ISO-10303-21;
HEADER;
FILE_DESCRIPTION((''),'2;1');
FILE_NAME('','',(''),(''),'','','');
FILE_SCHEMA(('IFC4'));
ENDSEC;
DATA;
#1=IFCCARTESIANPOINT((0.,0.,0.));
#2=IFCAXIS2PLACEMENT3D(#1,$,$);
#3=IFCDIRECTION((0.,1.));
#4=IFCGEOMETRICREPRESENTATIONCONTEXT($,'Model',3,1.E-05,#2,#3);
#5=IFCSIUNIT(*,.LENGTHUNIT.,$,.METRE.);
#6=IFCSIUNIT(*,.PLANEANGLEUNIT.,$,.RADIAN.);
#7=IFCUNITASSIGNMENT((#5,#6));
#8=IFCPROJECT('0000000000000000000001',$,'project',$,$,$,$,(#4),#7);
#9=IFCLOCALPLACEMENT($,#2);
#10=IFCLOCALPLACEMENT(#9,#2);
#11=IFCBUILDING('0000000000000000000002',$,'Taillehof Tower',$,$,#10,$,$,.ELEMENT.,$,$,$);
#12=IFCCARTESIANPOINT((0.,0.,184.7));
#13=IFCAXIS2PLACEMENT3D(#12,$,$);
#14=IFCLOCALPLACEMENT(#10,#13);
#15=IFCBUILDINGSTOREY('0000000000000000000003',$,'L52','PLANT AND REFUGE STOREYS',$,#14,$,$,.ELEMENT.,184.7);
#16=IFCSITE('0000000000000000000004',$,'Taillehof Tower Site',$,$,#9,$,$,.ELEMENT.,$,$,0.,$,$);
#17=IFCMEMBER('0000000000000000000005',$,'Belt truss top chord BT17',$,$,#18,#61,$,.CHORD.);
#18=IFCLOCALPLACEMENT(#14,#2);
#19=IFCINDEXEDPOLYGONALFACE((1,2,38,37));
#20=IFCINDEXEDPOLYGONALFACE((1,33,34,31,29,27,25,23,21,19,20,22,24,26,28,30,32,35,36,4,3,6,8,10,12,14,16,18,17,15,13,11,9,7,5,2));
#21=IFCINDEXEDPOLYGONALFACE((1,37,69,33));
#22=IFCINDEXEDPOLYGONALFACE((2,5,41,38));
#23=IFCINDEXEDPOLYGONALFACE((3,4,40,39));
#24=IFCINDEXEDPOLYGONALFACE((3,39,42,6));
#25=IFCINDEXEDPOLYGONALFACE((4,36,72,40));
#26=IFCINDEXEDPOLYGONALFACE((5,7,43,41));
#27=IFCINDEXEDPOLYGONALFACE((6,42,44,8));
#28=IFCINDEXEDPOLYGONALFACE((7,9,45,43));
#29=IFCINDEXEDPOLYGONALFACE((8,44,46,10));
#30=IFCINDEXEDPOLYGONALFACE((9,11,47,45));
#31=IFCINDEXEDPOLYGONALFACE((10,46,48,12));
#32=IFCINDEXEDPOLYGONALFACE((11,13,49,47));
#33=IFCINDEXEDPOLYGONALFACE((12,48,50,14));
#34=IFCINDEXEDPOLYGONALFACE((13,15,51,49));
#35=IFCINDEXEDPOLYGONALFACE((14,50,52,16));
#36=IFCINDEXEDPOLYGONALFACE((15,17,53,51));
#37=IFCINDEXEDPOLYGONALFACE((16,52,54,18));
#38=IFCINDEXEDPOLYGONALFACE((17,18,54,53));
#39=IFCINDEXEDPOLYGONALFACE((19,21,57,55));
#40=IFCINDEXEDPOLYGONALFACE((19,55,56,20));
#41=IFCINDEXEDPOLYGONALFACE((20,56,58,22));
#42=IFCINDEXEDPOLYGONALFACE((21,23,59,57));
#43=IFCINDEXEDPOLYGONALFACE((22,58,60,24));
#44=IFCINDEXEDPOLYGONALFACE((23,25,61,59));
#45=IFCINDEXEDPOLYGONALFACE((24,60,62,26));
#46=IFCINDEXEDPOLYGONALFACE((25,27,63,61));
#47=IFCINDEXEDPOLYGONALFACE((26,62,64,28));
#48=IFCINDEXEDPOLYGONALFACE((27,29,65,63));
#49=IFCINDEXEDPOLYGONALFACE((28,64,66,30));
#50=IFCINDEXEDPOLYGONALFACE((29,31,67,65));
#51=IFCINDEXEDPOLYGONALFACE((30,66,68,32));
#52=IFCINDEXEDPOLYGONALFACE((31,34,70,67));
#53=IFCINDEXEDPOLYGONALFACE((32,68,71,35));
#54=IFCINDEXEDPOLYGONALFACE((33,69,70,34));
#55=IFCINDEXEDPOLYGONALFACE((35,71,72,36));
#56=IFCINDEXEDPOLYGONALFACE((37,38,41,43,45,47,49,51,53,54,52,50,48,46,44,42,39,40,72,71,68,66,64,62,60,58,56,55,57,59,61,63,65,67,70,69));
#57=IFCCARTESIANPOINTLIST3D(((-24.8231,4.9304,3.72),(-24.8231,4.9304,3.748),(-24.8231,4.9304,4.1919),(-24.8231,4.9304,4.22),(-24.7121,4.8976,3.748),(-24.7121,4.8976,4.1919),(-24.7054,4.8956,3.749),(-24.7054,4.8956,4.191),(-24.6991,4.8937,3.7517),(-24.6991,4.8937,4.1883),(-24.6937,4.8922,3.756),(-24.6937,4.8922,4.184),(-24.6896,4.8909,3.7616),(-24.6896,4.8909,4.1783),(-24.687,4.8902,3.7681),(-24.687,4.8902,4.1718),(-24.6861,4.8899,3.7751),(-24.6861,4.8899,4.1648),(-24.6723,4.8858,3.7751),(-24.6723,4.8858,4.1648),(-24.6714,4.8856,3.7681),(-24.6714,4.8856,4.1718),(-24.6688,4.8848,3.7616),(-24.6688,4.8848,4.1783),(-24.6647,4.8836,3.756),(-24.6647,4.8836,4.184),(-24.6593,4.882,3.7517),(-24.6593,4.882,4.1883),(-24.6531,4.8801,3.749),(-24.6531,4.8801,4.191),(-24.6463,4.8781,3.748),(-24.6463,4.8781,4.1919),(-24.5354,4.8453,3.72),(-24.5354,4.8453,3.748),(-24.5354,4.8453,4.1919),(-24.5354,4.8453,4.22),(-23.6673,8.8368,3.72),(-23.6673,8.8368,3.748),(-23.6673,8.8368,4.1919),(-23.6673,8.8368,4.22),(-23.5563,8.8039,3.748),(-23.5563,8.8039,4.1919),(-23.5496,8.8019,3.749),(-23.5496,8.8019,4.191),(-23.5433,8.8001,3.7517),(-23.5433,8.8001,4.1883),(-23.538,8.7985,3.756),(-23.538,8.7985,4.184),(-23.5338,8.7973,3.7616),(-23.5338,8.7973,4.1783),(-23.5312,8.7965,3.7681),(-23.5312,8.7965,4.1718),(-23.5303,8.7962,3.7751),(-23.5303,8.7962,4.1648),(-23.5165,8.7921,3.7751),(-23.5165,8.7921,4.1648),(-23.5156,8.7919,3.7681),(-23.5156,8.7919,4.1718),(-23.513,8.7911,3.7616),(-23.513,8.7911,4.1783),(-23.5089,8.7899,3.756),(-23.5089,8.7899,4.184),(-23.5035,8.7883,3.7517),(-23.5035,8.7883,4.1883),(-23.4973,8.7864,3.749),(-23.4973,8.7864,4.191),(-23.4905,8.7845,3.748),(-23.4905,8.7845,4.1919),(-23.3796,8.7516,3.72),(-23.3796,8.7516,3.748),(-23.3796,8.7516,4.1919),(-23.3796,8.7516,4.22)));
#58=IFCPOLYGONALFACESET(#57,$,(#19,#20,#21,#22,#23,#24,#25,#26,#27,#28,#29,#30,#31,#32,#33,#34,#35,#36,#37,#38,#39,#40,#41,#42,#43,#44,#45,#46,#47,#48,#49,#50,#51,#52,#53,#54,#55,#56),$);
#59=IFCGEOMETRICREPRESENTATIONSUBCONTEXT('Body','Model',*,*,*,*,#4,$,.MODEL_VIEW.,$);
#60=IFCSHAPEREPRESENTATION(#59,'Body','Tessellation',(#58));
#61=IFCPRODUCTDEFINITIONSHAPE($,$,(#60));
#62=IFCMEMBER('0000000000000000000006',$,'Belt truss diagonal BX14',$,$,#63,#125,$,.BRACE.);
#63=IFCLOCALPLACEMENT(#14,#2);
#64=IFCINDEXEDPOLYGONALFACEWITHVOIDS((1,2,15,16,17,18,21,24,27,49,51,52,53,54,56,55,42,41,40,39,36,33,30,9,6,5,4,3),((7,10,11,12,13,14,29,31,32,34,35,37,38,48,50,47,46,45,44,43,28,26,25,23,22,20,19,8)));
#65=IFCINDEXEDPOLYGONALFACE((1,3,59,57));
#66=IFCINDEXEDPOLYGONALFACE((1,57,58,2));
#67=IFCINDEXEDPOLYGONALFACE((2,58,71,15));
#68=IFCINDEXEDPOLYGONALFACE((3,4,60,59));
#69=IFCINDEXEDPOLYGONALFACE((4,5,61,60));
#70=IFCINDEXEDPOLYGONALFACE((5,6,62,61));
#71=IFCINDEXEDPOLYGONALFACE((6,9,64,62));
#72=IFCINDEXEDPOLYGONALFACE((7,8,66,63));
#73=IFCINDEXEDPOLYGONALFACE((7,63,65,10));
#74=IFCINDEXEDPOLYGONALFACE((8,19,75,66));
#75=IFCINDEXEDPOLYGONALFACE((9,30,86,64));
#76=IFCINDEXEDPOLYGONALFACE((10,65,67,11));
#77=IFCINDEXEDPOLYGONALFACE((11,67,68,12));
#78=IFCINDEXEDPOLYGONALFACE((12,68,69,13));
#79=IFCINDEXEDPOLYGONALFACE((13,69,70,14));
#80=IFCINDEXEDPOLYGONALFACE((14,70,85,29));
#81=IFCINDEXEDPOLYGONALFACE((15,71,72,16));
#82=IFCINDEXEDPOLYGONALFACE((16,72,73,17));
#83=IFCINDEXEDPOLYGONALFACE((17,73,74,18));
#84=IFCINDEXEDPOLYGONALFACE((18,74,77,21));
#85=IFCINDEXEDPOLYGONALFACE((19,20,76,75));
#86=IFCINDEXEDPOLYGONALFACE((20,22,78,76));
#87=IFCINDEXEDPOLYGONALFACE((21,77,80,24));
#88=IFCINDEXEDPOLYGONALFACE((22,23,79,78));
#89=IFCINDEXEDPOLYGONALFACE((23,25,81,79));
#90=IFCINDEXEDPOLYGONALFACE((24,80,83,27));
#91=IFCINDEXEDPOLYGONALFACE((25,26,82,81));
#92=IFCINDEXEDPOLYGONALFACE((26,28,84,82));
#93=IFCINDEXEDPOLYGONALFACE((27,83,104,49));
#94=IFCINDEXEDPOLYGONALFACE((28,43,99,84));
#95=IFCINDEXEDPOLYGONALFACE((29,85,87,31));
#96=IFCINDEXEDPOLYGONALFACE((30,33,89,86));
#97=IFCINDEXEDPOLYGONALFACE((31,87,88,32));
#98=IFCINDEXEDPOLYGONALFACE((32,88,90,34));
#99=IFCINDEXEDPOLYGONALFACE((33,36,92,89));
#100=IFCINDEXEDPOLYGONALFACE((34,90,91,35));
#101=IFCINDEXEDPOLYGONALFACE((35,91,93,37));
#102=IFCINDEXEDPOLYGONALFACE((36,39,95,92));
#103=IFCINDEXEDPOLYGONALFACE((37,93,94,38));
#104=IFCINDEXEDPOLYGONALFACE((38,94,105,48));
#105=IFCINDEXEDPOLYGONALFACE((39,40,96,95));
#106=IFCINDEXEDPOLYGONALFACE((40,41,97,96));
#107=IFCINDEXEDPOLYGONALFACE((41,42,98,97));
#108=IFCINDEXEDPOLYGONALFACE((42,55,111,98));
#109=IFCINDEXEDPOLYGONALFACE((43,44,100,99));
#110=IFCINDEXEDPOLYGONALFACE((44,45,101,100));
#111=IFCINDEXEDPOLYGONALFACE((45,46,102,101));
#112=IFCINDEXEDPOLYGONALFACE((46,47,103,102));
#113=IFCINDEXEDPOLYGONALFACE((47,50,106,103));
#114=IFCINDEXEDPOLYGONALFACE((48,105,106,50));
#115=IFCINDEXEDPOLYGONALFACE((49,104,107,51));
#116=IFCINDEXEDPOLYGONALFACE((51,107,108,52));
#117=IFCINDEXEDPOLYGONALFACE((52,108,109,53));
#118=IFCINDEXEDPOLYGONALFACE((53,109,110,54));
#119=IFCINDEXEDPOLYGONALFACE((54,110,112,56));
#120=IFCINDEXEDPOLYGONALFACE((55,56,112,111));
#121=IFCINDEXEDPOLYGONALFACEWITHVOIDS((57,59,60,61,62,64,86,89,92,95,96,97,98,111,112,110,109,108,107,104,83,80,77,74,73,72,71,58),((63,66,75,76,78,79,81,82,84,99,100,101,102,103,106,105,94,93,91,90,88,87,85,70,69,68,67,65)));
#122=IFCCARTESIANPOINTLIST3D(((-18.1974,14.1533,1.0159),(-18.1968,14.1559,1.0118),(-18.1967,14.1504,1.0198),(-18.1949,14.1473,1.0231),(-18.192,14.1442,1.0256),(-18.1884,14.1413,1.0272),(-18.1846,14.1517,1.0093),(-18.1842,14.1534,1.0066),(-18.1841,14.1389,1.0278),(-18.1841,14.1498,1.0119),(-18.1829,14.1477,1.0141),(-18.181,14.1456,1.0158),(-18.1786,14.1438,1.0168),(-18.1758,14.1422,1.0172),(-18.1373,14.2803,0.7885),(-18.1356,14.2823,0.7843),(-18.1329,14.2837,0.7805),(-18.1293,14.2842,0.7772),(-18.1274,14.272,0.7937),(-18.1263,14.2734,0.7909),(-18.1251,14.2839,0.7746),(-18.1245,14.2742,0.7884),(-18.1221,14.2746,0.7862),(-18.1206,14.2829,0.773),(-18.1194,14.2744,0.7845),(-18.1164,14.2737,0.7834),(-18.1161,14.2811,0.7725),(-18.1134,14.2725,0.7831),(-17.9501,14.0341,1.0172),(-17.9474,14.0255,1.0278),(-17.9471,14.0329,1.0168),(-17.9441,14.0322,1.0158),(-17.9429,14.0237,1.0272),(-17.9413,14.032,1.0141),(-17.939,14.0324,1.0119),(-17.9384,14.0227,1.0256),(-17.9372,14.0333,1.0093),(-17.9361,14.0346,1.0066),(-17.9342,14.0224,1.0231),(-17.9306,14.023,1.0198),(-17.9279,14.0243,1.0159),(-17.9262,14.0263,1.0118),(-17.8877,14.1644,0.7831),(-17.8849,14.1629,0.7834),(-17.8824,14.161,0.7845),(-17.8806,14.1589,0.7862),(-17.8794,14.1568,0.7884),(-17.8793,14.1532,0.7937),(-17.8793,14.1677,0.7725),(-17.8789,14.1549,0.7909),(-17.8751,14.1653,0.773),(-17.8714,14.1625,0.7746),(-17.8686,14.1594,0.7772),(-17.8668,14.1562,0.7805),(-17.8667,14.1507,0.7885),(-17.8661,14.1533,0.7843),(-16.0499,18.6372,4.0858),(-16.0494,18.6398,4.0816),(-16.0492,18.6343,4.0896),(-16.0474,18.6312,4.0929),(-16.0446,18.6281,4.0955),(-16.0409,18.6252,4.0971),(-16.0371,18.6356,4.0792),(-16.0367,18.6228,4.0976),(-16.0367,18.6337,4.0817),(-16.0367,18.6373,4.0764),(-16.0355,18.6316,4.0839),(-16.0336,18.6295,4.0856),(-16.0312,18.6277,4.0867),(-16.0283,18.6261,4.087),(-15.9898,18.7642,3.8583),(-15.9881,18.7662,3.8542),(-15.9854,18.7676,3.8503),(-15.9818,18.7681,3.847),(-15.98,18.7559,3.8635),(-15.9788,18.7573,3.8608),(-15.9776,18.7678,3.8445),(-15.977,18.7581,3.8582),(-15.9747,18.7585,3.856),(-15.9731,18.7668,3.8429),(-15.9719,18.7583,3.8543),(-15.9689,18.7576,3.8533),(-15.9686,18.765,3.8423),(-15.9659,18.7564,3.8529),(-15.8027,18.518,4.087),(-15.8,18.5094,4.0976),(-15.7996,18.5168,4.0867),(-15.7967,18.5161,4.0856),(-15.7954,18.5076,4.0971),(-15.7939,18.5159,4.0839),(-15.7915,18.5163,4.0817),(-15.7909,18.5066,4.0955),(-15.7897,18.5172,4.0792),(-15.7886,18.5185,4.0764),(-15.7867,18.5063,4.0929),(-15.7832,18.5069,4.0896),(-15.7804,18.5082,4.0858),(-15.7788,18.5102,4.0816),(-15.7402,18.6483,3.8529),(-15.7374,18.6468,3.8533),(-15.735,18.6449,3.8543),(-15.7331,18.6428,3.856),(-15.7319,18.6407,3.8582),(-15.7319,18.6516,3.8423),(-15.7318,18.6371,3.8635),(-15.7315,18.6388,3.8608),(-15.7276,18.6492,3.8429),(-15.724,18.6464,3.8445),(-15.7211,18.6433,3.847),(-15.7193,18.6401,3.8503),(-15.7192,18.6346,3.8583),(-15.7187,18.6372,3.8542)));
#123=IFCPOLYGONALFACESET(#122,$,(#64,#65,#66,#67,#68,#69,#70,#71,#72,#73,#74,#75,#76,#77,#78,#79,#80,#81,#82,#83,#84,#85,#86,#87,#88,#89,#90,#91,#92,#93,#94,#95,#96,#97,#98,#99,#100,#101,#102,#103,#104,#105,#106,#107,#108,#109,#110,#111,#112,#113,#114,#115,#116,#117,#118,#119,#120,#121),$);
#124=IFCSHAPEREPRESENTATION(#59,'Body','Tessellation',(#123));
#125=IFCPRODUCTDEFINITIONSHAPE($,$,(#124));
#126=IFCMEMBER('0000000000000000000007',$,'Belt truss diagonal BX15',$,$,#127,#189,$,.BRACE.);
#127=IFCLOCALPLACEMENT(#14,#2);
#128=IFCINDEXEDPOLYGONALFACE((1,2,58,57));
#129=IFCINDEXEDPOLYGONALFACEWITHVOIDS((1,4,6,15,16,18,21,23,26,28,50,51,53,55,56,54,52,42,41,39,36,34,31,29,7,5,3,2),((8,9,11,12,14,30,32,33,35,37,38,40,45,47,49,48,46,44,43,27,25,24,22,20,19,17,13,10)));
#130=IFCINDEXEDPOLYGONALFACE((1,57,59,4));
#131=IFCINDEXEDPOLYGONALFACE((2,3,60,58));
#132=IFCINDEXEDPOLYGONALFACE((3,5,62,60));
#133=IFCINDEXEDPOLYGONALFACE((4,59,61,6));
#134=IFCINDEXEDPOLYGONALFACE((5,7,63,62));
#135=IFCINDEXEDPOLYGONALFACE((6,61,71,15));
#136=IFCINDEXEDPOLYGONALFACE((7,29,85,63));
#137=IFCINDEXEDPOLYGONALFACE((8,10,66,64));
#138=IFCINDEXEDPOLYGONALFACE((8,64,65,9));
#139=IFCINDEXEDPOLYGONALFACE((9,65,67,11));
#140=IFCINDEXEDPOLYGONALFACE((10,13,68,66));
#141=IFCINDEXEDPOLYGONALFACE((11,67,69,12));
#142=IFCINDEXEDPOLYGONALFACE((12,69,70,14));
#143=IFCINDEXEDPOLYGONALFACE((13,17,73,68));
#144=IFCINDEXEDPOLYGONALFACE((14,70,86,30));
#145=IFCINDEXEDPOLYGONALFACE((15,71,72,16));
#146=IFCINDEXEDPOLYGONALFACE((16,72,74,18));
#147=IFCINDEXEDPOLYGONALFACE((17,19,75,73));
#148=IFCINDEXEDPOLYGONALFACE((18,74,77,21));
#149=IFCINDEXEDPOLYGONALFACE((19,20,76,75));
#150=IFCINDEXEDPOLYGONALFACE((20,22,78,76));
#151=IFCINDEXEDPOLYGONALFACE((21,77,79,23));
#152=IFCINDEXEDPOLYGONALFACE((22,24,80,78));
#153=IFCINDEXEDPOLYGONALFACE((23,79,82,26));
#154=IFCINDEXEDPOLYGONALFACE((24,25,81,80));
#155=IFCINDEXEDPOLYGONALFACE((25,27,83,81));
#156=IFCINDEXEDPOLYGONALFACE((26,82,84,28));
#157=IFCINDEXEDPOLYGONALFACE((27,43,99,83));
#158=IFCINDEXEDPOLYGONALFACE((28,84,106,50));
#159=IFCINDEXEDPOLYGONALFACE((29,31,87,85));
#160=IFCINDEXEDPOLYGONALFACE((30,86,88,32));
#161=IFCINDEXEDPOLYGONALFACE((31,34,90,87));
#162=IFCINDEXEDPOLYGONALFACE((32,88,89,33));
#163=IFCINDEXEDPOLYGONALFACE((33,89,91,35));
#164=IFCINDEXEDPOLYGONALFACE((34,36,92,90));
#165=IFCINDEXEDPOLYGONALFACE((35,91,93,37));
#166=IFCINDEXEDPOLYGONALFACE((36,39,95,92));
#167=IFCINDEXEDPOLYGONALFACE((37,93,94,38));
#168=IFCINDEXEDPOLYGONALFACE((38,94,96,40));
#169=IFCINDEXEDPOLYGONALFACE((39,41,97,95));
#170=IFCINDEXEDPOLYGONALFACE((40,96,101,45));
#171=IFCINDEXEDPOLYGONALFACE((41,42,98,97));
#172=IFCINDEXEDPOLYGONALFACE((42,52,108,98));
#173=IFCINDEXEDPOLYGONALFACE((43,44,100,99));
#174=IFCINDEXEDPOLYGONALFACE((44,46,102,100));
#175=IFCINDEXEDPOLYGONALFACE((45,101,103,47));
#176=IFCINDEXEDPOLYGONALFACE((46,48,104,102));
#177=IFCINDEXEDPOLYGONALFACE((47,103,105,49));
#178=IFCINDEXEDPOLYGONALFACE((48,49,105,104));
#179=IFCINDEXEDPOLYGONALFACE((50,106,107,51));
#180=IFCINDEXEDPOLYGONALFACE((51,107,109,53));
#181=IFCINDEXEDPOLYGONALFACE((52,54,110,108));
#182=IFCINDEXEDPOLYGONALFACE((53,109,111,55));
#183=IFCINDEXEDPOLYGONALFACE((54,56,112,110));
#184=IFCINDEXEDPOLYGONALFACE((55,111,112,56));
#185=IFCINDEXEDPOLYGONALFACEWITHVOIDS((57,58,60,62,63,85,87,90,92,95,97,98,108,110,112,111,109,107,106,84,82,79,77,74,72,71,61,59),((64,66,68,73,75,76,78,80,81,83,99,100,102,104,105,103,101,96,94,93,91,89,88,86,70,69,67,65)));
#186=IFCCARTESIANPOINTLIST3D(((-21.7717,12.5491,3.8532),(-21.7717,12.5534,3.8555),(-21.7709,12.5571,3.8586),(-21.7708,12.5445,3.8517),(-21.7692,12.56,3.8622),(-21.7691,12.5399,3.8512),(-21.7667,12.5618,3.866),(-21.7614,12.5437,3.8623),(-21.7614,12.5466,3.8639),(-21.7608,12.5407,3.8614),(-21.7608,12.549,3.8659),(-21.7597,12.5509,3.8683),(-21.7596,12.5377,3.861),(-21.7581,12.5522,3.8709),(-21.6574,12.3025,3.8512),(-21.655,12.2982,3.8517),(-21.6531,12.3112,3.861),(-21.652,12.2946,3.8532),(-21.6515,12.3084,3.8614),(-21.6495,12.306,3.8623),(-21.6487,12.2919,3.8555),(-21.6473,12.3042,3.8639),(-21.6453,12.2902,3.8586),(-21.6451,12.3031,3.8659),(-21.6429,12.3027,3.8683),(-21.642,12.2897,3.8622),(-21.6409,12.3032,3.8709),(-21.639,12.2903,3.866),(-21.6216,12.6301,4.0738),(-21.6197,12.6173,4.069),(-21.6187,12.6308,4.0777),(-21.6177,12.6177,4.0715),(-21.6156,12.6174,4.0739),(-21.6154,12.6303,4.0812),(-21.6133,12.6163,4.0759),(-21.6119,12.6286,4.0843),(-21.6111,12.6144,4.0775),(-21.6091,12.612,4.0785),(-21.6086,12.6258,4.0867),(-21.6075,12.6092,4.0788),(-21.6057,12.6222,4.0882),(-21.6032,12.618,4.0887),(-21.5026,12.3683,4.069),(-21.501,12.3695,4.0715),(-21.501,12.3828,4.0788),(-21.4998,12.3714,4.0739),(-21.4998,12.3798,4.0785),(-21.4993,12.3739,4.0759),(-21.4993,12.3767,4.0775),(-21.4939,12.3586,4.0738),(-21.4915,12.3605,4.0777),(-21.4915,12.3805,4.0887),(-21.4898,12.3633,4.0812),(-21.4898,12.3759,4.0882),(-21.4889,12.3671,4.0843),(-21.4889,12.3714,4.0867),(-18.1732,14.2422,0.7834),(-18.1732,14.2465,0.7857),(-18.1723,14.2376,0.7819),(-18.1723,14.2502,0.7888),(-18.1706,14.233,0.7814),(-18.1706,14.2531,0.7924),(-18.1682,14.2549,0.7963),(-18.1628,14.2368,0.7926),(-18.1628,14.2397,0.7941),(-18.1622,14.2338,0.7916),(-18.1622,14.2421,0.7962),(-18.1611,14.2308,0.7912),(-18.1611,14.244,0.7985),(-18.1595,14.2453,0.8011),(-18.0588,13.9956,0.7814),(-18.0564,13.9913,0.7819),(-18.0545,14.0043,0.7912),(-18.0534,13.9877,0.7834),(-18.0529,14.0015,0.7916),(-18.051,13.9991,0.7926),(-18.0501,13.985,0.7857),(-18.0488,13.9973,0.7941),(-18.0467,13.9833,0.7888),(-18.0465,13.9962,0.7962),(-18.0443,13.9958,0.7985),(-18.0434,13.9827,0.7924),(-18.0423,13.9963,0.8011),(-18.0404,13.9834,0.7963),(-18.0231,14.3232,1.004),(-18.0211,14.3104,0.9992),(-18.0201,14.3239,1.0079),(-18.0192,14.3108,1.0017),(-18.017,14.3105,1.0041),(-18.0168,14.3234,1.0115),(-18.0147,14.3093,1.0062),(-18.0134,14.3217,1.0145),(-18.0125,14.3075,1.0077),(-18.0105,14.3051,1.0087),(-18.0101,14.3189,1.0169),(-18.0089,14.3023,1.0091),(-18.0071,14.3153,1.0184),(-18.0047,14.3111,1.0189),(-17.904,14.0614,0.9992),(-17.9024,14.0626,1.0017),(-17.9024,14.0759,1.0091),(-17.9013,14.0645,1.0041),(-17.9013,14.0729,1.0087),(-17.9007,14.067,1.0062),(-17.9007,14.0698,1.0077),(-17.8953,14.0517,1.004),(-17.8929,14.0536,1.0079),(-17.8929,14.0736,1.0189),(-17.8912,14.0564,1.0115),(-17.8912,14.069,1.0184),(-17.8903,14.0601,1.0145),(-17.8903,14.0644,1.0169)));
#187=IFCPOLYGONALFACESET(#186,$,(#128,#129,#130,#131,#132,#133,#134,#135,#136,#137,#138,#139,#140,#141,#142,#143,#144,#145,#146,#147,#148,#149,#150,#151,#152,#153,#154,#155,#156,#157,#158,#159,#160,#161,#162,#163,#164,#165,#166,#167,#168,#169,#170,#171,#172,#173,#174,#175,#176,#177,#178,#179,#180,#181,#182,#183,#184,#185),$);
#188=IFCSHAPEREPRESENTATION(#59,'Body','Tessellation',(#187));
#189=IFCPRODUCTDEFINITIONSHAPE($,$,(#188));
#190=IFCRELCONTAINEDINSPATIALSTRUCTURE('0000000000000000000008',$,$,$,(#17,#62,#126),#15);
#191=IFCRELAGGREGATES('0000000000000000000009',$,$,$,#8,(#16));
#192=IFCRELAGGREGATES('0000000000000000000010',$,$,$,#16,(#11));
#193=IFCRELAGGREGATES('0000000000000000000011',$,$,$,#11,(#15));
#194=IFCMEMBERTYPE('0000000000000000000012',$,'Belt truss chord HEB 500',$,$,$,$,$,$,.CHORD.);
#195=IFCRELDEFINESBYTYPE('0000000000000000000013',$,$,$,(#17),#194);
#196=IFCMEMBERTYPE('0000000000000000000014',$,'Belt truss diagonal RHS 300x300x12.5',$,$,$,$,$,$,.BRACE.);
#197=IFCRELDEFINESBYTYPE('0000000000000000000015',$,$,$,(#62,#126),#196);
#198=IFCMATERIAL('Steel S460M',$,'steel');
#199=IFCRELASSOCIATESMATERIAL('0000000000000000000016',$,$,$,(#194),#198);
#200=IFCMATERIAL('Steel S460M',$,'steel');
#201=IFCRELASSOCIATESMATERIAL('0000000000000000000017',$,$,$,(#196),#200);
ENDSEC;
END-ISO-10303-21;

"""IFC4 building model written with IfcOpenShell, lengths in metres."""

from ifc_helpers import new_model, si_unit, direction, frame, origin, origin_2d, place, context, subcontext, project, spatial, hollow_rectangle, i_section, extrude, material, material_profile, profile_set, type_object, element, save


model = new_model("IFC4")

# Units and contexts
model_context = context("Model", 3, precision=1e-05, world=origin(), true_north=direction((0.0, 1.0)))
body_context = subcontext(model_context, "Body", "Model", "MODEL_VIEW")
ifc_project = project(units=[si_unit("LENGTHUNIT", "METRE"), si_unit("PLANEANGLEUNIT", "RADIAN")], contexts=[model_context])

# Site, building, storey
site_placement = place(None, origin())
site = spatial("IfcSite", under=ifc_project, at=site_placement, Name="Taillehof Tower Site", CompositionType="ELEMENT", RefElevation=0.0)
building_placement = place(site_placement, origin())
building = spatial("IfcBuilding", under=site, at=building_placement, Name="Taillehof Tower", CompositionType="ELEMENT")
storey_placement = place(building_placement, frame((0.0, 0.0, 184.7)))
storey = spatial("IfcBuildingStorey", under=building, at=storey_placement, Name="L52", Description="PLANT AND REFUGE STOREYS", CompositionType="ELEMENT", Elevation=184.7)

# Members
ifc_material_1 = material(Name="Steel S460M", Category="steel")
ifc_material_profile_1 = material_profile(ifc_material_1, i_section(OverallWidth=0.3, OverallDepth=0.5, WebThickness=0.0144, FlangeThickness=0.0281, FilletRadius=0.0271, at=origin_2d()), Name="HEB 500")
ifc_profile_set_1 = profile_set([ifc_material_profile_1], Name="Steel S460M")
member_type_1 = type_object("IfcMemberType", Name="Belt truss chord HEB 500", PredefinedType="CHORD", material=ifc_profile_set_1)
member_1_placement = place(storey_placement, frame((-23.5234, 8.7942, 3.97), z_axis=(-0.283717, -0.958908, 0.0), x_axis=(0.958908, -0.283717, 0.0)))
element("IfcMember", 1, at=member_1_placement, inside=storey, type_object=member_type_1, Name="Belt truss top chord BT17", PredefinedType="CHORD", context=body_context, shape_type="SweptSolid", body=[
    extrude(i_section(OverallWidth=0.3, OverallDepth=0.5, WebThickness=0.0144, FlangeThickness=0.0281, FilletRadius=0.0271, at=origin_2d()), origin(), (0.0, 0.0, 1.0), 4.0737),
])
ifc_material_2 = material(Name="Steel S460M", Category="steel")
ifc_material_profile_2 = material_profile(ifc_material_2, hollow_rectangle(XDim=0.3, YDim=0.3, WallThickness=0.0125, InnerFilletRadius=0.0125, OuterFilletRadius=0.0188, at=origin_2d()), Name="RHS 300x300x12.5")
ifc_profile_set_2 = profile_set([ifc_material_profile_2], Name="Steel S460M")
member_type_2 = type_object("IfcMemberType", Name="Belt truss diagonal RHS 300x300x12.5", PredefinedType="BRACE", material=ifc_profile_set_2)
member_2_placement = place(storey_placement, frame((-15.8843, 18.6372, 3.97), z_axis=(-0.367527, -0.767395, -0.525385), x_axis=(0.9019, -0.431945, 0.0)))
element("IfcMember", 2, at=member_2_placement, inside=storey, type_object=member_type_2, Name="Belt truss diagonal BX14", PredefinedType="BRACE", context=body_context, shape_type="SweptSolid", body=[
    extrude(hollow_rectangle(XDim=0.3, YDim=0.3, WallThickness=0.0125, InnerFilletRadius=0.0125, OuterFilletRadius=0.0188, at=origin_2d()), origin(), (0.0, 0.0, 1.0), 5.843),
])
member_3_placement = place(storey_placement, frame((-18.0317, 14.1533, 0.9001), z_axis=(-0.716288, -0.337005, 0.611031), x_axis=(0.425723, -0.904853, 0.0)))
element("IfcMember", 3, at=member_3_placement, inside=storey, type_object=member_type_2, Name="Belt truss diagonal BX15", PredefinedType="BRACE", context=body_context, shape_type="SweptSolid", body=[
    extrude(hollow_rectangle(XDim=0.3, YDim=0.3, WallThickness=0.0125, InnerFilletRadius=0.0125, OuterFilletRadius=0.0188, at=origin_2d()), origin(), (0.0, 0.0, 1.0), 5.0239),
])

save(model, "model.ifc")
